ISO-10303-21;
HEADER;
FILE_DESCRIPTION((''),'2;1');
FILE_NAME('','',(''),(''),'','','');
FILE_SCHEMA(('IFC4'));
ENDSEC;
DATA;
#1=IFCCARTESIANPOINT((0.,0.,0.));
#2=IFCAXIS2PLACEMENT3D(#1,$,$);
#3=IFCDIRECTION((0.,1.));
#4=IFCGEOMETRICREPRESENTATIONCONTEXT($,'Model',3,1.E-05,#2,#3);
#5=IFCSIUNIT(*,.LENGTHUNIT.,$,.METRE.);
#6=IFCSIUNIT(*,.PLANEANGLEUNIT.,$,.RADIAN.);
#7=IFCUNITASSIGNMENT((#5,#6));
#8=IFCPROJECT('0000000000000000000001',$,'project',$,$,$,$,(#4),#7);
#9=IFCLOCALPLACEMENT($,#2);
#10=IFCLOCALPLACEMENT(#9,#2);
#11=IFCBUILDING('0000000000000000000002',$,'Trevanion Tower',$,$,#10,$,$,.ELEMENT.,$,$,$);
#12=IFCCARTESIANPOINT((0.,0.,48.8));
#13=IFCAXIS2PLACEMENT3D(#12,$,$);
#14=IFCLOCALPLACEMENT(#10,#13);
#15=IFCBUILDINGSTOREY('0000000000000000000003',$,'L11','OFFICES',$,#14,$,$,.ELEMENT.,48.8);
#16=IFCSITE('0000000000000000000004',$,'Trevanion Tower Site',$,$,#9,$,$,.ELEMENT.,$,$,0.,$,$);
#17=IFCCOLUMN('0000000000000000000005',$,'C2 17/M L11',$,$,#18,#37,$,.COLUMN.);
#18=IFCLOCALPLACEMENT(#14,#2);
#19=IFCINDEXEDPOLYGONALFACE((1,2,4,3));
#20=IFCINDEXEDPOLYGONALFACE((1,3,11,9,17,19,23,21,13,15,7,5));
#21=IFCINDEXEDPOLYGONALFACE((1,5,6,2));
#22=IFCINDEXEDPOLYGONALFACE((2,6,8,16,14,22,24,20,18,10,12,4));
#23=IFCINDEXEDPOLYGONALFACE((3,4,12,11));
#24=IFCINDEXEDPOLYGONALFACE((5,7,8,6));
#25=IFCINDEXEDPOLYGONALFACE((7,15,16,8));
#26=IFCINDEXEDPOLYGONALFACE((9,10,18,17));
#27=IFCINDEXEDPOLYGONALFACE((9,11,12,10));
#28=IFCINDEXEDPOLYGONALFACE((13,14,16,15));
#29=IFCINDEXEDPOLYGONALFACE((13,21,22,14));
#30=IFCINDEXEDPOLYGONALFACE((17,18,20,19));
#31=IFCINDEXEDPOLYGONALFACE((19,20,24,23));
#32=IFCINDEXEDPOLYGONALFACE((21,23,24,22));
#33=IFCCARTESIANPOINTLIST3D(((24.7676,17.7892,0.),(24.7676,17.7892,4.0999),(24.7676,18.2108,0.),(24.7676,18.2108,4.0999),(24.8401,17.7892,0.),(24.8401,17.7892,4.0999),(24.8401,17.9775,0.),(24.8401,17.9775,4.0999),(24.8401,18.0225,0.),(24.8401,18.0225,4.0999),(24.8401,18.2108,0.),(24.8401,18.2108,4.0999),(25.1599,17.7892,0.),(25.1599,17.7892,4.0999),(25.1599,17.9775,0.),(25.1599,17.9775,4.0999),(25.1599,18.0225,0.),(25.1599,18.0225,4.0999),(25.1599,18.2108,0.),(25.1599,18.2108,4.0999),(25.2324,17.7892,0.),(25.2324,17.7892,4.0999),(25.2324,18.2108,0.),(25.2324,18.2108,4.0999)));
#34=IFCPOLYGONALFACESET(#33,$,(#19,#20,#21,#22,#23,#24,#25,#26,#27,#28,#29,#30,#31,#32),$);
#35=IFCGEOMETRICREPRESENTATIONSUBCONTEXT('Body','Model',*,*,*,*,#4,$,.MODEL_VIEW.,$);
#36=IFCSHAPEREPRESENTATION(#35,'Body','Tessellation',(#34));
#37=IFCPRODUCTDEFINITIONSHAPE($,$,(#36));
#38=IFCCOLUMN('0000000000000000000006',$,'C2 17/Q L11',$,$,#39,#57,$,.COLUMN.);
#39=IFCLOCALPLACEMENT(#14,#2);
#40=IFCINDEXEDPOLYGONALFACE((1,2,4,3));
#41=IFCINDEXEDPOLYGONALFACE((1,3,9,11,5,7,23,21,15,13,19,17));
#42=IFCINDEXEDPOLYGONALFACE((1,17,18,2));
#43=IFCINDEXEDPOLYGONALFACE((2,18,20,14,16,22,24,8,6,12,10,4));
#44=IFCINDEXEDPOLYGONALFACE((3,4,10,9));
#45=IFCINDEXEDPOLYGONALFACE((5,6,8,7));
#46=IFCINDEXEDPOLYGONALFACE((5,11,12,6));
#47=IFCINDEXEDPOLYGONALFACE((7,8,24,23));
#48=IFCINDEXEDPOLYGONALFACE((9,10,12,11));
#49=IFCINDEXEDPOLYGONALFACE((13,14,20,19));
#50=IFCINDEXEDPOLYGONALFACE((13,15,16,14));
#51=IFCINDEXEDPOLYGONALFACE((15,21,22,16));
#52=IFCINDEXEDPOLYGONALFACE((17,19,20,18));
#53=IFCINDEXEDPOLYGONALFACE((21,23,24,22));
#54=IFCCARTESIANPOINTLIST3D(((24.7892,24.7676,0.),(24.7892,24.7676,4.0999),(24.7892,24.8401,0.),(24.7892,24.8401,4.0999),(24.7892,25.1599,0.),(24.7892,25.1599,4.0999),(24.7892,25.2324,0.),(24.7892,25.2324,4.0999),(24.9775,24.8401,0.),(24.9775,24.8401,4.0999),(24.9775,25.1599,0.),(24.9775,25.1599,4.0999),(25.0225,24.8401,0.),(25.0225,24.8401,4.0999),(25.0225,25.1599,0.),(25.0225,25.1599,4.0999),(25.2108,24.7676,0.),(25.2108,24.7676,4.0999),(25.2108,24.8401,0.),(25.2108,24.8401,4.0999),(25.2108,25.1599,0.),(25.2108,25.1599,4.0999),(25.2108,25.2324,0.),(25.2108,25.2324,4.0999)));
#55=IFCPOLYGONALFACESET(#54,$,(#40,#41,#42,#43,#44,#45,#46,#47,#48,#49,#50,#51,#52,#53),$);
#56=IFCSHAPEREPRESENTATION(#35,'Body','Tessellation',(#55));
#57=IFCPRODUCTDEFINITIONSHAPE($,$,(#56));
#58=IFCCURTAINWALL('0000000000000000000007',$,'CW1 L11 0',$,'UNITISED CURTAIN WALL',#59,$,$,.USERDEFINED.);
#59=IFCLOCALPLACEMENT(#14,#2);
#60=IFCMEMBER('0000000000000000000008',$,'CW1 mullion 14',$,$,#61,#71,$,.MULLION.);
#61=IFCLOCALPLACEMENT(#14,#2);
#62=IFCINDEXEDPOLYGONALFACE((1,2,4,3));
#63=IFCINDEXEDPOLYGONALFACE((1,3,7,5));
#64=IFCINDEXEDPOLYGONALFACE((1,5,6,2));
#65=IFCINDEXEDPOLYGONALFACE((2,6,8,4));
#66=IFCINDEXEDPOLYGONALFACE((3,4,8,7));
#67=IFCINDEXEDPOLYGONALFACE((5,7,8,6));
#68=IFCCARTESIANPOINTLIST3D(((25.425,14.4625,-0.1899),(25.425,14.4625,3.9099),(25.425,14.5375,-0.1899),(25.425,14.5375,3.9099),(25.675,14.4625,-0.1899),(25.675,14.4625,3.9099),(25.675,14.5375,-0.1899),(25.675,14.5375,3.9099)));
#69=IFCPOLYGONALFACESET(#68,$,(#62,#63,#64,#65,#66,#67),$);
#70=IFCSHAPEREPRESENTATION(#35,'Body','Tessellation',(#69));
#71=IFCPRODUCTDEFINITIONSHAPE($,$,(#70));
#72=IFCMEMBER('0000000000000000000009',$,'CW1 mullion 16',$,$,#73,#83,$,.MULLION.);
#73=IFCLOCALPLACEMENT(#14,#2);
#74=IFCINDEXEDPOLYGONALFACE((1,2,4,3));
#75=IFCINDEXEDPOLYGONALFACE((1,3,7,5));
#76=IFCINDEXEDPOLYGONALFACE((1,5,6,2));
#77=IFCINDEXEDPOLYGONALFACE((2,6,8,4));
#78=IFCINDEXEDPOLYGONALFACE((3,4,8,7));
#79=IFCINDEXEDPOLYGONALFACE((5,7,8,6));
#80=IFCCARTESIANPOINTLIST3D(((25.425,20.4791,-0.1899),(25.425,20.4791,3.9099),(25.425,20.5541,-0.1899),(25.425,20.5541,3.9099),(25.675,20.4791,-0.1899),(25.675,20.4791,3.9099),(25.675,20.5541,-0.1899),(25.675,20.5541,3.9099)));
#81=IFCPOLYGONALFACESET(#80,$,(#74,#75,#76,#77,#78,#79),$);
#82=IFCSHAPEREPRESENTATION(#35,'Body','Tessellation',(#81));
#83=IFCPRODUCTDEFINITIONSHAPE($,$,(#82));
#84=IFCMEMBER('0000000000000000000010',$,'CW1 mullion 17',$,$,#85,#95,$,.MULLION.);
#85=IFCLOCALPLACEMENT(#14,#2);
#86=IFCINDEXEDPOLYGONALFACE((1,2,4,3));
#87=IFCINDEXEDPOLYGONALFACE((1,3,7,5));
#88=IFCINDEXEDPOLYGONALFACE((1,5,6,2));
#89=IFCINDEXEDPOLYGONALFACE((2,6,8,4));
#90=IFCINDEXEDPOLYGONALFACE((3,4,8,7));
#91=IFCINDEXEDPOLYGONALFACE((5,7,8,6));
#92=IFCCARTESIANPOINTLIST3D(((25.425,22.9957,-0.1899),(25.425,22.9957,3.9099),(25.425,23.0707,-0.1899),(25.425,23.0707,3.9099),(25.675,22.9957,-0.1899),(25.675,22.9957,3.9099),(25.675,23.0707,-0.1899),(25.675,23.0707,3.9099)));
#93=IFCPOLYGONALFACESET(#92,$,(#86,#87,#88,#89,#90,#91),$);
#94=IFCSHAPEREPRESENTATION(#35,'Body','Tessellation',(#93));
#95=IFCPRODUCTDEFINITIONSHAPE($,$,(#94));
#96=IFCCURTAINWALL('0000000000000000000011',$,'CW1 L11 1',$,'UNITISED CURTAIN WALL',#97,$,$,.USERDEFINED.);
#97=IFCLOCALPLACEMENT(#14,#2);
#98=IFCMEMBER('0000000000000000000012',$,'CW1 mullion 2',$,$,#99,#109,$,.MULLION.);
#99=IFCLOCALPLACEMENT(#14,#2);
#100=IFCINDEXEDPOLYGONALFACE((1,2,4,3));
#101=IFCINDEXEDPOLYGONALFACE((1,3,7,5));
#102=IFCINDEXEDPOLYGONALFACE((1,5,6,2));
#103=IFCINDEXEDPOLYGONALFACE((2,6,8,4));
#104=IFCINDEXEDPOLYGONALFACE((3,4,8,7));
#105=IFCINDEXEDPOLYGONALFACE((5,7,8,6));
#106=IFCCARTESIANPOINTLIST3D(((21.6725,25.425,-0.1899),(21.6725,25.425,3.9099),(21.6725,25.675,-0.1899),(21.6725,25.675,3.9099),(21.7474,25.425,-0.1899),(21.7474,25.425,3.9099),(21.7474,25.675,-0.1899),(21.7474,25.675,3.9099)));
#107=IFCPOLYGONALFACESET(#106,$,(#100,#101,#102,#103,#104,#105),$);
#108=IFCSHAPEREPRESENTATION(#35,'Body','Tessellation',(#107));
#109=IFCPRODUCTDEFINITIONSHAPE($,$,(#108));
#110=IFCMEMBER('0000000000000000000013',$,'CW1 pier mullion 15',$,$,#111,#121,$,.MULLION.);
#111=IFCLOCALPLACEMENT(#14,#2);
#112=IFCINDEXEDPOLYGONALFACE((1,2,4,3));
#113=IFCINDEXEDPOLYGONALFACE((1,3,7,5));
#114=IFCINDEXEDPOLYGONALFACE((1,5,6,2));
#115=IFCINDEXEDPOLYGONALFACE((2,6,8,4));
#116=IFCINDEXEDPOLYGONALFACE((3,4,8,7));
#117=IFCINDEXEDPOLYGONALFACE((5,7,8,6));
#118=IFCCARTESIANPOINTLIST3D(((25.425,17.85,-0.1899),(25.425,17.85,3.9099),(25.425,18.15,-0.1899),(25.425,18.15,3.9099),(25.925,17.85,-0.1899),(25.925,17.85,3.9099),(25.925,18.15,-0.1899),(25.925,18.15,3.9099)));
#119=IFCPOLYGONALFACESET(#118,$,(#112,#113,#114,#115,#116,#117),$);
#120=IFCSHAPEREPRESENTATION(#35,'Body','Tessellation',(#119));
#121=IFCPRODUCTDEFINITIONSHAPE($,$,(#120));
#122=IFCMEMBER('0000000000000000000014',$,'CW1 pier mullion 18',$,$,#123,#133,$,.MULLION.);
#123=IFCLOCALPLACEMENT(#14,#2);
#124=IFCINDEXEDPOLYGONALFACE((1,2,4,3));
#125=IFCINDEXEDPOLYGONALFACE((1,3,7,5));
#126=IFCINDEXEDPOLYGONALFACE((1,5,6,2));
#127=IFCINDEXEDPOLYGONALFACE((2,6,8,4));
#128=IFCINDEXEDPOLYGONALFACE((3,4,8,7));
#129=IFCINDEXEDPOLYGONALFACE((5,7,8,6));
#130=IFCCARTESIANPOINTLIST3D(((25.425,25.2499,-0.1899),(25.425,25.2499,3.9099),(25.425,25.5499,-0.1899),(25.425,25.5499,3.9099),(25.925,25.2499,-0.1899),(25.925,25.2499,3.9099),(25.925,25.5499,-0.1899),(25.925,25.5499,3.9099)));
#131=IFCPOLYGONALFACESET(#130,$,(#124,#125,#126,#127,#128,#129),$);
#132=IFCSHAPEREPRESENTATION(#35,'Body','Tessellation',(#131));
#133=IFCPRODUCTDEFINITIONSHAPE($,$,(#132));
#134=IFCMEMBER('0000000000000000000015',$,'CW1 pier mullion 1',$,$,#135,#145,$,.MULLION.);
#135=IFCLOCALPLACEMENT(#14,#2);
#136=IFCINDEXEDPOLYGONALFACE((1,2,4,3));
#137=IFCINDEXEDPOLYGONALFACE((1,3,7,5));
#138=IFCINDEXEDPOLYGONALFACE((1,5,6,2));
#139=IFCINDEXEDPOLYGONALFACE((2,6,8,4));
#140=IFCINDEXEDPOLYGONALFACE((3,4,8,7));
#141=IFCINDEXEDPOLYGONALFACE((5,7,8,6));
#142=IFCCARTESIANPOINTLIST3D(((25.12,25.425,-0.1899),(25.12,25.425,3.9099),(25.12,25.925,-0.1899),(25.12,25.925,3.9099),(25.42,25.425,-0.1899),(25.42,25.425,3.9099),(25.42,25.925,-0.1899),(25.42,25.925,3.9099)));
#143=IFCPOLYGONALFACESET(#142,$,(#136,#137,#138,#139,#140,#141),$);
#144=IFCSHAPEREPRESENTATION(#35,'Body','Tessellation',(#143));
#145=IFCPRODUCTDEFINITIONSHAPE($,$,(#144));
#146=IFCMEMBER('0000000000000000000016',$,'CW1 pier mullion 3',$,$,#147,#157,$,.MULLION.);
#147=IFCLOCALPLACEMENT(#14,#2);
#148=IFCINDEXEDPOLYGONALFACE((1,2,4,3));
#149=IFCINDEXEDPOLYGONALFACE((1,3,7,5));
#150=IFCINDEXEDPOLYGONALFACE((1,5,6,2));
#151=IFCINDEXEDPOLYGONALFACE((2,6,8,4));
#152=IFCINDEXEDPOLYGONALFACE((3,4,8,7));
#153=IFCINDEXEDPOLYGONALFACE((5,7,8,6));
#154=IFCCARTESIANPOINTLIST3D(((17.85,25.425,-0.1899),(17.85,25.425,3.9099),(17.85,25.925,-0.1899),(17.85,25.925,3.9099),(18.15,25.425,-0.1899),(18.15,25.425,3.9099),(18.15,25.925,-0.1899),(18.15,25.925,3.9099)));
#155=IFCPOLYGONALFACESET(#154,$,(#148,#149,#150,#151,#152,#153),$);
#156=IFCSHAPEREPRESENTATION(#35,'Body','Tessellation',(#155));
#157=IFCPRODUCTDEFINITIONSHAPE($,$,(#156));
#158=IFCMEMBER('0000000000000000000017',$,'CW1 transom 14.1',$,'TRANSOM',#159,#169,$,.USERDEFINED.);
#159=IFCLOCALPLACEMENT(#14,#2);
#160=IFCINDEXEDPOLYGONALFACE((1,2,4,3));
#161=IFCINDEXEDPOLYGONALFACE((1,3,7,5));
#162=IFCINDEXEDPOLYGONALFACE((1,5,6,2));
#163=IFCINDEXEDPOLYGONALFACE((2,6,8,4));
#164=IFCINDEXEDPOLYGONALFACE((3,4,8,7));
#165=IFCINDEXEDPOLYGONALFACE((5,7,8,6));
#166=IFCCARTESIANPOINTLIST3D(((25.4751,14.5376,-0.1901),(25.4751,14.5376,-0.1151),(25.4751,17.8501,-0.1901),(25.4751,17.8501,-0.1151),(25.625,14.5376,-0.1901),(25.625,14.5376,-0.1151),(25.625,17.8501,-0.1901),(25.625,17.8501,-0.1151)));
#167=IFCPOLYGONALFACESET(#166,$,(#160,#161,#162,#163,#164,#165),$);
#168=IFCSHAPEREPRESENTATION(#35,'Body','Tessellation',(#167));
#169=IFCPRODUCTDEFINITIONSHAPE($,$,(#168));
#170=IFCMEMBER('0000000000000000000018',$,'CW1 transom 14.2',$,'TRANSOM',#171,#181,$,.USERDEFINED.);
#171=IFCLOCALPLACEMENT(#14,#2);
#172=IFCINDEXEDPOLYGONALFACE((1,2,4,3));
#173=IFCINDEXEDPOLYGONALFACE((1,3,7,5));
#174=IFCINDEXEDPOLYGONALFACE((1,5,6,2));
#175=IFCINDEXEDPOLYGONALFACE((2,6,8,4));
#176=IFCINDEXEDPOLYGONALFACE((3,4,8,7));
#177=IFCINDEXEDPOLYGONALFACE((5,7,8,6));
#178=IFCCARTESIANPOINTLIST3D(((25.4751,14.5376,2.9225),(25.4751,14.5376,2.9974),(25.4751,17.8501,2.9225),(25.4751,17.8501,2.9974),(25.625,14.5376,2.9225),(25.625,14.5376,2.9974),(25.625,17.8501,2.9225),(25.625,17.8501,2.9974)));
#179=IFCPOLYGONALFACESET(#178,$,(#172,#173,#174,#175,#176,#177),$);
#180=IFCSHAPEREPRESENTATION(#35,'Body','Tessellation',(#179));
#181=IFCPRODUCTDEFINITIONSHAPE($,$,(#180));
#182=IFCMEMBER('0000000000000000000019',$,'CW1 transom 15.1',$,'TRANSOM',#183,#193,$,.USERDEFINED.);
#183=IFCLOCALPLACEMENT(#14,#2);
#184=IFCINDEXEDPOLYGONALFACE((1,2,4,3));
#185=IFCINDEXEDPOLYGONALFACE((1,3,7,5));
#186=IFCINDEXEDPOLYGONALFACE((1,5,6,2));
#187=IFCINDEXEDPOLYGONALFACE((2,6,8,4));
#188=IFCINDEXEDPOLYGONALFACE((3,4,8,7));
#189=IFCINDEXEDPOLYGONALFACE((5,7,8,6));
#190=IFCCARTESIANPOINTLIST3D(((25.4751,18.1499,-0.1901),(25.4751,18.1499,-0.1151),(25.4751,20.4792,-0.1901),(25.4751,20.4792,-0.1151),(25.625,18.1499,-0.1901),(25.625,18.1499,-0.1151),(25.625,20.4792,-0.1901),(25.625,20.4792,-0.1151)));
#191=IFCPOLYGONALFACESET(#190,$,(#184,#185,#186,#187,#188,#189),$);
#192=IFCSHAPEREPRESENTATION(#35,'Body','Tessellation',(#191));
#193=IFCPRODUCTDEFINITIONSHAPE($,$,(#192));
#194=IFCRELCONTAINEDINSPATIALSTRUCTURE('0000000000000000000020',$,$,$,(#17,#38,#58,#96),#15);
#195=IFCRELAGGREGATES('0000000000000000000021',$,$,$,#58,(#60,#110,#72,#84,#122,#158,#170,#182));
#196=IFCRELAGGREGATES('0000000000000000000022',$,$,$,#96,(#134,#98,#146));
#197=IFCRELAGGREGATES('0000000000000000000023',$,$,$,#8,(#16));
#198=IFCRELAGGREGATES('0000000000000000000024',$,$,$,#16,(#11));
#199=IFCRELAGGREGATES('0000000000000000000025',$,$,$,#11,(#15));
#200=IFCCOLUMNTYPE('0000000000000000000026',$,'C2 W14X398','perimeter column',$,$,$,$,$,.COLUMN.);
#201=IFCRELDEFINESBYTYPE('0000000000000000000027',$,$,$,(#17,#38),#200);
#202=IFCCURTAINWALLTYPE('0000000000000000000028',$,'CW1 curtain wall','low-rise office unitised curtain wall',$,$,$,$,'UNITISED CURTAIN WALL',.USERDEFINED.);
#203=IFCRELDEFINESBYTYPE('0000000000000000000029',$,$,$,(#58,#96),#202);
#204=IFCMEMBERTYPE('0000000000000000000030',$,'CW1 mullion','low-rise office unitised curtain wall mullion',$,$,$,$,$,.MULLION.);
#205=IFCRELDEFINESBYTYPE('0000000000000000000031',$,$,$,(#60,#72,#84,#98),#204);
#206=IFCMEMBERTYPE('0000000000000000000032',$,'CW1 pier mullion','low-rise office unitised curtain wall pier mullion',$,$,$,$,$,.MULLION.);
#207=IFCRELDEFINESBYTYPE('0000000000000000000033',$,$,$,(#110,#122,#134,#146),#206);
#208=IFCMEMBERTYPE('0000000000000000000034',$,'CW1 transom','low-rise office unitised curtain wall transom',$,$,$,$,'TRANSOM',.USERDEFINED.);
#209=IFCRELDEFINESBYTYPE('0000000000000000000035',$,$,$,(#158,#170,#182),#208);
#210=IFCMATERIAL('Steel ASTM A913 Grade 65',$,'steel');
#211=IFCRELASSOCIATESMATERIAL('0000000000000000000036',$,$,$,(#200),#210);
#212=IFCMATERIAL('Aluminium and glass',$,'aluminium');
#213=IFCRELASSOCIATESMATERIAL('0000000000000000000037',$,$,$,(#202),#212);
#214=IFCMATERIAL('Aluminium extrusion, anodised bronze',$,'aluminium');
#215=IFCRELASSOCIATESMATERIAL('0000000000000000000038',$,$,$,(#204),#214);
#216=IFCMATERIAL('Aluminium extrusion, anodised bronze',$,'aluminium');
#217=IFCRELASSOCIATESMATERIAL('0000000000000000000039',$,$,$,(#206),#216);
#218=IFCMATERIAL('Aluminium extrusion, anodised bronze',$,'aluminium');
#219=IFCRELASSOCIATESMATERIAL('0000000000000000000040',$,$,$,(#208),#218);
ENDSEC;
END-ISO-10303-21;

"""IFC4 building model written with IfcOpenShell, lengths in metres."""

from ifc_helpers import new_model, si_unit, direction, frame, origin, origin_2d, place, context, subcontext, project, spatial, rectangle, i_section, extrude, material, material_profile, profile_set, type_object, element, aggregate, save


model = new_model("IFC4")

# Units and contexts
model_context = context("Model", 3, precision=1e-05, world=origin(), true_north=direction((0.0, 1.0)))
body_context = subcontext(model_context, "Body", "Model", "MODEL_VIEW")
ifc_project = project(units=[si_unit("LENGTHUNIT", "METRE"), si_unit("PLANEANGLEUNIT", "RADIAN")], contexts=[model_context])

# Site, building, storey
site_placement = place(None, origin())
site = spatial("IfcSite", under=ifc_project, at=site_placement, Name="Trevanion Tower Site", CompositionType="ELEMENT", RefElevation=0.0)
building_placement = place(site_placement, origin())
building = spatial("IfcBuilding", under=site, at=building_placement, Name="Trevanion Tower", CompositionType="ELEMENT")
storey_placement = place(building_placement, frame((0.0, 0.0, 48.8)))
storey = spatial("IfcBuildingStorey", under=building, at=storey_placement, Name="L11", Description="OFFICES", CompositionType="ELEMENT", Elevation=48.8)

# Columns
ifc_material_1 = material(Name="Steel ASTM A913 Grade 65", Category="steel")
ifc_material_profile_1 = material_profile(ifc_material_1, i_section(OverallWidth=0.4216, OverallDepth=0.4648, WebThickness=0.0449, FlangeThickness=0.0725, at=origin_2d()), Name="W14X398")
ifc_profile_set_1 = profile_set([ifc_material_profile_1], Name="Steel ASTM A913 Grade 65")
column_type = type_object("IfcColumnType", Name="C2 W14X398", Description="perimeter column", PredefinedType="COLUMN", material=ifc_profile_set_1)
for number, where, z_axis, x_axis, name in (
    (1, (25.0, 18.0, 0.0), (0.0, 0.0, 1.0), (0.0, 1.0, 0.0), "C2 17/M L11"),
    (2, (25.0, 25.0, 0.0), (0.0, 0.0, 1.0), (1.0, 0.0, 0.0), "C2 17/Q L11"),
):
    element("IfcColumn", number, at=place(storey_placement, frame(where, z_axis=z_axis, x_axis=x_axis)), inside=storey, type_object=column_type, Name=name, PredefinedType="COLUMN", context=body_context, shape_type="SweptSolid", body=[
        extrude(i_section(OverallWidth=0.4216, OverallDepth=0.4648, WebThickness=0.0449, FlangeThickness=0.0725, at=origin_2d()), origin(), (0.0, 0.0, 1.0), 4.0999),
    ])

# Curtain wall, members
ifc_material_2 = material(Name="Aluminium and glass", Category="aluminium")
curtain_wall_type = type_object("IfcCurtainWallType", Name="CW1 curtain wall", Description="low-rise office unitised curtain wall", ElementType="UNITISED CURTAIN WALL", PredefinedType="USERDEFINED", material=ifc_material_2)
curtain_wall_1_placement = place(storey_placement, origin())
curtain_wall_1 = element("IfcCurtainWall", 3, at=curtain_wall_1_placement, inside=storey, type_object=curtain_wall_type, Name="CW1 L11 0", ObjectType="UNITISED CURTAIN WALL", PredefinedType="USERDEFINED")
ifc_material_3 = material(Name="Aluminium extrusion, anodised bronze", Category="aluminium")
ifc_material_profile_2 = material_profile(ifc_material_3, rectangle(XDim=0.075, YDim=0.25, at=origin_2d()), Name="CW1 mullion")
ifc_profile_set_2 = profile_set([ifc_material_profile_2], Name="Aluminium extrusion, anodised bronze")
member_type_1 = type_object("IfcMemberType", Name="CW1 mullion", Description="low-rise office unitised curtain wall mullion", PredefinedType="MULLION", material=ifc_profile_set_2)
member_1_placement = place(storey_placement, frame((25.55, 14.5, -0.1899), z_axis=(0.0, 0.0, 1.0), x_axis=(0.0, 1.0, 0.0)))
member_1 = element("IfcMember", 4, at=member_1_placement, type_object=member_type_1, Name="CW1 mullion 14", PredefinedType="MULLION", context=body_context, shape_type="SweptSolid", body=[
    extrude(rectangle(XDim=0.075, YDim=0.25, at=origin_2d()), origin(), (0.0, 0.0, 1.0), 4.0999),
])
member_2_placement = place(storey_placement, frame((25.55, 20.5166, -0.1899), z_axis=(0.0, 0.0, 1.0), x_axis=(0.0, 1.0, 0.0)))
member_2 = element("IfcMember", 5, at=member_2_placement, type_object=member_type_1, Name="CW1 mullion 16", PredefinedType="MULLION", context=body_context, shape_type="SweptSolid", body=[
    extrude(rectangle(XDim=0.075, YDim=0.25, at=origin_2d()), origin(), (0.0, 0.0, 1.0), 4.0999),
])
member_3_placement = place(storey_placement, frame((25.55, 23.0332, -0.1899), z_axis=(0.0, 0.0, 1.0), x_axis=(0.0, 1.0, 0.0)))
member_3 = element("IfcMember", 6, at=member_3_placement, type_object=member_type_1, Name="CW1 mullion 17", PredefinedType="MULLION", context=body_context, shape_type="SweptSolid", body=[
    extrude(rectangle(XDim=0.075, YDim=0.25, at=origin_2d()), origin(), (0.0, 0.0, 1.0), 4.0999),
])

# Curtain wall, member
curtain_wall_2_placement = place(storey_placement, origin())
curtain_wall_2 = element("IfcCurtainWall", 7, at=curtain_wall_2_placement, inside=storey, type_object=curtain_wall_type, Name="CW1 L11 1", ObjectType="UNITISED CURTAIN WALL", PredefinedType="USERDEFINED")
member_4_placement = place(storey_placement, frame((21.71, 25.55, -0.1899), z_axis=(0.0, 0.0, 1.0), x_axis=(-1.0, 0.0, 0.0)))
member_4 = element("IfcMember", 8, at=member_4_placement, type_object=member_type_1, Name="CW1 mullion 2", PredefinedType="MULLION", context=body_context, shape_type="SweptSolid", body=[
    extrude(rectangle(XDim=0.075, YDim=0.25, at=origin_2d()), origin(), (0.0, 0.0, 1.0), 4.0999),
])

# Members
ifc_material_4 = material(Name="Aluminium extrusion, anodised bronze", Category="aluminium")
ifc_material_profile_3 = material_profile(ifc_material_4, rectangle(XDim=0.3, YDim=0.5, at=origin_2d()), Name="CW1 pier mullion")
ifc_profile_set_3 = profile_set([ifc_material_profile_3], Name="Aluminium extrusion, anodised bronze")
member_type_2 = type_object("IfcMemberType", Name="CW1 pier mullion", Description="low-rise office unitised curtain wall pier mullion", PredefinedType="MULLION", material=ifc_profile_set_3)
member_5_placement = place(storey_placement, frame((25.675, 18.0, -0.1899), z_axis=(0.0, 0.0, 1.0), x_axis=(0.0, 1.0, 0.0)))
member_5 = element("IfcMember", 9, at=member_5_placement, type_object=member_type_2, Name="CW1 pier mullion 15", PredefinedType="MULLION", context=body_context, shape_type="SweptSolid", body=[
    extrude(rectangle(XDim=0.3, YDim=0.5, at=origin_2d()), origin(), (0.0, 0.0, 1.0), 4.0999),
])
member_6_placement = place(storey_placement, frame((25.675, 25.3999, -0.1899), z_axis=(0.0, 0.0, 1.0), x_axis=(0.0, 1.0, 0.0)))
member_6 = element("IfcMember", 10, at=member_6_placement, type_object=member_type_2, Name="CW1 pier mullion 18", PredefinedType="MULLION", context=body_context, shape_type="SweptSolid", body=[
    extrude(rectangle(XDim=0.3, YDim=0.5, at=origin_2d()), origin(), (0.0, 0.0, 1.0), 4.0999),
])
member_7_placement = place(storey_placement, frame((25.27, 25.675, -0.1899), z_axis=(0.0, 0.0, 1.0), x_axis=(-1.0, 0.0, 0.0)))
member_7 = element("IfcMember", 11, at=member_7_placement, type_object=member_type_2, Name="CW1 pier mullion 1", PredefinedType="MULLION", context=body_context, shape_type="SweptSolid", body=[
    extrude(rectangle(XDim=0.3, YDim=0.5, at=origin_2d()), origin(), (0.0, 0.0, 1.0), 4.0999),
])
member_8_placement = place(storey_placement, frame((18.0, 25.675, -0.1899), z_axis=(0.0, 0.0, 1.0), x_axis=(-1.0, 0.0, 0.0)))
member_8 = element("IfcMember", 12, at=member_8_placement, type_object=member_type_2, Name="CW1 pier mullion 3", PredefinedType="MULLION", context=body_context, shape_type="SweptSolid", body=[
    extrude(rectangle(XDim=0.3, YDim=0.5, at=origin_2d()), origin(), (0.0, 0.0, 1.0), 4.0999),
])
ifc_material_5 = material(Name="Aluminium extrusion, anodised bronze", Category="aluminium")
ifc_material_profile_4 = material_profile(ifc_material_5, rectangle(XDim=0.1499, YDim=0.075, at=origin_2d()), Name="CW1 transom")
ifc_profile_set_4 = profile_set([ifc_material_profile_4], Name="Aluminium extrusion, anodised bronze")
member_type_3 = type_object("IfcMemberType", Name="CW1 transom", Description="low-rise office unitised curtain wall transom", ElementType="TRANSOM", PredefinedType="USERDEFINED", material=ifc_profile_set_4)
member_9_placement = place(storey_placement, frame((25.55, 14.5376, -0.1526), z_axis=(0.0, 1.0, 0.0), x_axis=(-1.0, 0.0, 0.0)))
member_9 = element("IfcMember", 13, at=member_9_placement, type_object=member_type_3, Name="CW1 transom 14.1", ObjectType="TRANSOM", PredefinedType="USERDEFINED", context=body_context, shape_type="SweptSolid", body=[
    extrude(rectangle(XDim=0.1499, YDim=0.075, at=origin_2d()), origin(), (0.0, 0.0, 1.0), 3.3125),
])
member_10_placement = place(storey_placement, frame((25.55, 14.5376, 2.96), z_axis=(0.0, 1.0, 0.0), x_axis=(-1.0, 0.0, 0.0)))
member_10 = element("IfcMember", 14, at=member_10_placement, type_object=member_type_3, Name="CW1 transom 14.2", ObjectType="TRANSOM", PredefinedType="USERDEFINED", context=body_context, shape_type="SweptSolid", body=[
    extrude(rectangle(XDim=0.1499, YDim=0.075, at=origin_2d()), origin(), (0.0, 0.0, 1.0), 3.3125),
])
member_11_placement = place(storey_placement, frame((25.55, 18.1499, -0.1526), z_axis=(0.0, 1.0, 0.0), x_axis=(-1.0, 0.0, 0.0)))
member_11 = element("IfcMember", 15, at=member_11_placement, type_object=member_type_3, Name="CW1 transom 15.1", ObjectType="TRANSOM", PredefinedType="USERDEFINED", context=body_context, shape_type="SweptSolid", body=[
    extrude(rectangle(XDim=0.1499, YDim=0.075, at=origin_2d()), origin(), (0.0, 0.0, 1.0), 2.3293),
])

aggregate(curtain_wall_1, [member_1, member_5, member_2, member_3, member_6, member_9, member_10, member_11])
aggregate(curtain_wall_2, [member_7, member_4, member_8])

save(model, "model.ifc")
